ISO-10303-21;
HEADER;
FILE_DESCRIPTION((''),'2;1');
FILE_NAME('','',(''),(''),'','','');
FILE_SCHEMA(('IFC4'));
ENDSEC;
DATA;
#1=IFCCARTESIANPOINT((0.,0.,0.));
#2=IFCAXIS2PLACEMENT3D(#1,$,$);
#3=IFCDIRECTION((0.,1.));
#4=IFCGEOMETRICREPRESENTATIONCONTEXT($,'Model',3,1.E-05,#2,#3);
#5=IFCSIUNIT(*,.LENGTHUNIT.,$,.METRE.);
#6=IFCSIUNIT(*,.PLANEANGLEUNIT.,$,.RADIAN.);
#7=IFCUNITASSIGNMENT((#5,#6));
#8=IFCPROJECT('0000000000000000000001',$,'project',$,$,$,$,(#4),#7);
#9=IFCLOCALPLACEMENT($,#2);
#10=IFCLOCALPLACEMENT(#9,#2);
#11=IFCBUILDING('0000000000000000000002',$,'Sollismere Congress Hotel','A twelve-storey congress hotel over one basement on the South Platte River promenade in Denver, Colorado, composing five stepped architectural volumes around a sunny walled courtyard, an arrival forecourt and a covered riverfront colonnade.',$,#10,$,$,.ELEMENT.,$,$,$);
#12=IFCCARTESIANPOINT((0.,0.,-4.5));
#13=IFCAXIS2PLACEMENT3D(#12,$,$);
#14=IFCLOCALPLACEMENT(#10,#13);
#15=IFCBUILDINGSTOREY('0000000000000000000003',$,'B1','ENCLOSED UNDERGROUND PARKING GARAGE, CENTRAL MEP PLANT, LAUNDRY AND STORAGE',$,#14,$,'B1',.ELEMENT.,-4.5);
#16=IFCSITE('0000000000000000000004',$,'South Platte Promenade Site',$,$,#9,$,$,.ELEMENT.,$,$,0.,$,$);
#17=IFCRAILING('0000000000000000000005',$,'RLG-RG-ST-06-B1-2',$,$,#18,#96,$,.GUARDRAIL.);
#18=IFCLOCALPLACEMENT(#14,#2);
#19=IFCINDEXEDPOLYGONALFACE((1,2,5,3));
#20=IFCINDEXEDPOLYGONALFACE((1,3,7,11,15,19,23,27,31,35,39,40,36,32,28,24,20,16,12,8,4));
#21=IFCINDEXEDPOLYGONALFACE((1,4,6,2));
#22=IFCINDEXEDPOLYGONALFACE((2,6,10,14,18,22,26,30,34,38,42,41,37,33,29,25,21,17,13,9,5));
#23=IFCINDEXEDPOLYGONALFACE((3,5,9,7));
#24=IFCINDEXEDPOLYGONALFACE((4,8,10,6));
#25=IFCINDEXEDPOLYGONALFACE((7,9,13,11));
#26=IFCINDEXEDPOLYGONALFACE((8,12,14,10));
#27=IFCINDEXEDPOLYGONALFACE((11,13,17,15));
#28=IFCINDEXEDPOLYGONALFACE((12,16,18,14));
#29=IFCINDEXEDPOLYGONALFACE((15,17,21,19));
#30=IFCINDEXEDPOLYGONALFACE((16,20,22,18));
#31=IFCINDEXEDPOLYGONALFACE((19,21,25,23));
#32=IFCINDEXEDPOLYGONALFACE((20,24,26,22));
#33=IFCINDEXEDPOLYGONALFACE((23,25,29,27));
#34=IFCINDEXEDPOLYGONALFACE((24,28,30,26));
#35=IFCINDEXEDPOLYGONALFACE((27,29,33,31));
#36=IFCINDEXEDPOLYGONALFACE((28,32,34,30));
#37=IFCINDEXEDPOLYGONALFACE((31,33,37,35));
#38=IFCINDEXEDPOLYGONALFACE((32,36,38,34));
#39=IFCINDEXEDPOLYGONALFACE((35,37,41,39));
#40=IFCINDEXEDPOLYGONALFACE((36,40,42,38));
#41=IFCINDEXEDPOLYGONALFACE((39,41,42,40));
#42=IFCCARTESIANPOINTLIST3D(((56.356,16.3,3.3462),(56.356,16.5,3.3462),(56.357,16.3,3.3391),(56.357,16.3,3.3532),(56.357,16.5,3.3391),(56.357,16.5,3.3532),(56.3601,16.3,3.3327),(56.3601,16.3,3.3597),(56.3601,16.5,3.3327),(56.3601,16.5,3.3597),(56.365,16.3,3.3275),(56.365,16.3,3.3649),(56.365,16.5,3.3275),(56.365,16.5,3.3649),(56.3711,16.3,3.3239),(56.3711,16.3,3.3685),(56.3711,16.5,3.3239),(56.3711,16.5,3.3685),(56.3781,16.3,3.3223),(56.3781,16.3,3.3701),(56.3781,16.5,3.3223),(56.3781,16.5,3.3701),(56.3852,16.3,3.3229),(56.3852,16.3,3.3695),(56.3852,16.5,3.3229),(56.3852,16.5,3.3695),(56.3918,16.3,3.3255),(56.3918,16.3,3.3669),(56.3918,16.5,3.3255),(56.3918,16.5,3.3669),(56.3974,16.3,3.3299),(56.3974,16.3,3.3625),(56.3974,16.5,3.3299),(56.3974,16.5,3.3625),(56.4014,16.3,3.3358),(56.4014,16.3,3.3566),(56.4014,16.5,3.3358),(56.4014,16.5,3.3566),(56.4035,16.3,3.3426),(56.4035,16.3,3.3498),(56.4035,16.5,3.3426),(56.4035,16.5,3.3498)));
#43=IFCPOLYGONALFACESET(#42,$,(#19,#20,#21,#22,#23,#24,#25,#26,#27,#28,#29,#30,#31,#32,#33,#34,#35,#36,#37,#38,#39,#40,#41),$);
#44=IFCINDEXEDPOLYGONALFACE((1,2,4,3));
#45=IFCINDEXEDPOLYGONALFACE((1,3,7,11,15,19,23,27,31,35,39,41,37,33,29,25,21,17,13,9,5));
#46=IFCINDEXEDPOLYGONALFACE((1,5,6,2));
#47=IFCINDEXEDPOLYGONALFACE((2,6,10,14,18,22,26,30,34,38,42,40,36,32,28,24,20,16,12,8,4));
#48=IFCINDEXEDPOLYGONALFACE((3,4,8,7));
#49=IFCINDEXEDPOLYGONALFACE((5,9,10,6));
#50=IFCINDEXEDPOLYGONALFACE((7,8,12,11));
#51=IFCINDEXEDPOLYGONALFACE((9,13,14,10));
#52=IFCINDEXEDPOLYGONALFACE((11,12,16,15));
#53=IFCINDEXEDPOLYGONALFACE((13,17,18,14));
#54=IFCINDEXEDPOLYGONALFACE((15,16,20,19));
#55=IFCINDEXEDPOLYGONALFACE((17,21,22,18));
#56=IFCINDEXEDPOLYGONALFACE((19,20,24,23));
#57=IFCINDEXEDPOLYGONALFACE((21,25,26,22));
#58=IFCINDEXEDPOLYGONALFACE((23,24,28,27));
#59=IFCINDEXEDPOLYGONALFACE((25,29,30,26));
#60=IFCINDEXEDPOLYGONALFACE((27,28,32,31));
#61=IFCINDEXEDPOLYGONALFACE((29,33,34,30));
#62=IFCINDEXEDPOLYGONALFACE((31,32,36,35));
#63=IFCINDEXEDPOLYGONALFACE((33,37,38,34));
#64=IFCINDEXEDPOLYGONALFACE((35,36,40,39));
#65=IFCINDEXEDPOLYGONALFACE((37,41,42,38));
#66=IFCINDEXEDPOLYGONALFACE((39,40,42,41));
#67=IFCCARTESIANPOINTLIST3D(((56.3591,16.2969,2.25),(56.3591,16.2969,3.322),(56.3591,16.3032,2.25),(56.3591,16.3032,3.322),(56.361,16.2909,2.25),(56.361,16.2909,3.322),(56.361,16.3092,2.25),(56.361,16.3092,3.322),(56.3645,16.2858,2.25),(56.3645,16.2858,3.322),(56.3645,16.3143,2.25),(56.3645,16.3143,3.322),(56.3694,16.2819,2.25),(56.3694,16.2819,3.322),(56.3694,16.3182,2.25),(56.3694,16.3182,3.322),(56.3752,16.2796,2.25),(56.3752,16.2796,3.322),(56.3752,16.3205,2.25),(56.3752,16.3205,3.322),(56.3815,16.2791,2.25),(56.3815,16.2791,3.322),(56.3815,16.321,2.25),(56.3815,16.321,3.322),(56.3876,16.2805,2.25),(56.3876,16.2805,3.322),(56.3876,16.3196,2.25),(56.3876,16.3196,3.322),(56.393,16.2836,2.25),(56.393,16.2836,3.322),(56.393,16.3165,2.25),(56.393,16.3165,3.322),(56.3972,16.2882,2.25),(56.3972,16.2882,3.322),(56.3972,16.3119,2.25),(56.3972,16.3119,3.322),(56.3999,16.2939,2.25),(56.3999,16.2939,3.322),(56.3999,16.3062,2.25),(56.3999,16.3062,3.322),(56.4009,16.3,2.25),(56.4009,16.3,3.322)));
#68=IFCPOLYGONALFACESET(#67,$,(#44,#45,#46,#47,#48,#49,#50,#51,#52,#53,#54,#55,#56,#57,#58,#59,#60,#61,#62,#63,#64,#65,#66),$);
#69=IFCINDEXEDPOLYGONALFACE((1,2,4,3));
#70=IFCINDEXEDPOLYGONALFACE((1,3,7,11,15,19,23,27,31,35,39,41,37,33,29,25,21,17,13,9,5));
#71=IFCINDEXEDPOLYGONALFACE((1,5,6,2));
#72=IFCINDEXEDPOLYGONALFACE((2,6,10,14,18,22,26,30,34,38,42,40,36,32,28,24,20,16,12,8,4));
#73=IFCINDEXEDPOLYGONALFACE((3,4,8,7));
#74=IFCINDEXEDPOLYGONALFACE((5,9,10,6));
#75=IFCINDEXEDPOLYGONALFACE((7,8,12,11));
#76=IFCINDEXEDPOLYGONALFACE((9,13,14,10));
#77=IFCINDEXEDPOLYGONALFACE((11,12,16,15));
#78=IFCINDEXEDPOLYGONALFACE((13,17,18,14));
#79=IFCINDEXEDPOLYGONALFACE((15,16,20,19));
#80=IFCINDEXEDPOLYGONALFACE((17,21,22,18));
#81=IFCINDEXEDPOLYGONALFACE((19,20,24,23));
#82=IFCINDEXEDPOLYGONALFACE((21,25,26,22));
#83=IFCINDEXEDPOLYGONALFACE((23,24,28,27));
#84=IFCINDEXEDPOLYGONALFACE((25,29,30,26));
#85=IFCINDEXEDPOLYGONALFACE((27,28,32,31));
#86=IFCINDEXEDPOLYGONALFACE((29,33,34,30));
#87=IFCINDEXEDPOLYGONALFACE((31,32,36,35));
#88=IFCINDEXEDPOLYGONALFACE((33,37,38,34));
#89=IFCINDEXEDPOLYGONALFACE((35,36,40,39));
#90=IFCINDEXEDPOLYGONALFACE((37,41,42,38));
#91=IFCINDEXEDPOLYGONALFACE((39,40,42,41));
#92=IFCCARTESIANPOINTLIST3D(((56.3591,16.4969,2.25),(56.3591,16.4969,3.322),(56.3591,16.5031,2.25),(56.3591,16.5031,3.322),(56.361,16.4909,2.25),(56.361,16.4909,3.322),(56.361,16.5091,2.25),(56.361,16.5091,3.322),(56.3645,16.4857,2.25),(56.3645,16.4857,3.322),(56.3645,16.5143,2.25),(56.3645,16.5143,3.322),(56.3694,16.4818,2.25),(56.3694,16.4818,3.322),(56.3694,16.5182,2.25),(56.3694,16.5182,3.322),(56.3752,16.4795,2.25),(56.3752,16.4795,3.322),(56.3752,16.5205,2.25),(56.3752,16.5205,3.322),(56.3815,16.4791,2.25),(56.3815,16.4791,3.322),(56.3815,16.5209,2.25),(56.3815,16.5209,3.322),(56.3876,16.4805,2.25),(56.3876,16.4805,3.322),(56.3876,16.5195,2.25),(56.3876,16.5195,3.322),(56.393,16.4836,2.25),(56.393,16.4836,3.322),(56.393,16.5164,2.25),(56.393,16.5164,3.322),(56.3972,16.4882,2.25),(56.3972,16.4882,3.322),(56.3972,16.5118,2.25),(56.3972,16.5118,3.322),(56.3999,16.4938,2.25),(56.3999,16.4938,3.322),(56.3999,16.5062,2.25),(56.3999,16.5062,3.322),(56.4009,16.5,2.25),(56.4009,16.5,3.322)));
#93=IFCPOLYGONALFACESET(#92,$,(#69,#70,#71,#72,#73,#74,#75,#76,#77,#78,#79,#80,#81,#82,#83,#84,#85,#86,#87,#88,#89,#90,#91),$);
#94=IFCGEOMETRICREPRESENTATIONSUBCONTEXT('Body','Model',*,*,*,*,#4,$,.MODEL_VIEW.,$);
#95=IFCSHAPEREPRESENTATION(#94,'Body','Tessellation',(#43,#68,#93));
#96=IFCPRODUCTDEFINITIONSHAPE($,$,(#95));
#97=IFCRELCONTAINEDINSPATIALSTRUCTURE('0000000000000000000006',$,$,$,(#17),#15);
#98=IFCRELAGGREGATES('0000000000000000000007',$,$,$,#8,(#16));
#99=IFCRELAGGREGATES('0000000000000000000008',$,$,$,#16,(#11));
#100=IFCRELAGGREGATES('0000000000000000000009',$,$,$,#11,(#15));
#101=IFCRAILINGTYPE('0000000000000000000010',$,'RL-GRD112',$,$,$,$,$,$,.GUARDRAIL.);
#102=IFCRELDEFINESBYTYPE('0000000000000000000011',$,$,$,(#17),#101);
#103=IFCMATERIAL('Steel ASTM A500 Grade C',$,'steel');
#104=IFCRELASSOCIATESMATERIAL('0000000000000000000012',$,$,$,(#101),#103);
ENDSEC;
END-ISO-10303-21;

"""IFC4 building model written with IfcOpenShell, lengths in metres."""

from ifc_helpers import new_model, si_unit, direction, frame, origin, origin_2d, place, context, subcontext, project, spatial, circle, extrude, material, type_object, element, save


model = new_model("IFC4")

# Units and contexts
model_context = context("Model", 3, precision=1e-05, world=origin(), true_north=direction((0.0, 1.0)))
body_context = subcontext(model_context, "Body", "Model", "MODEL_VIEW")
ifc_project = project(units=[si_unit("LENGTHUNIT", "METRE"), si_unit("PLANEANGLEUNIT", "RADIAN")], contexts=[model_context])

# Site, building, storey
site_placement = place(None, origin())
site = spatial("IfcSite", under=ifc_project, at=site_placement, Name="South Platte Promenade Site", CompositionType="ELEMENT", RefElevation=0.0)
building_placement = place(site_placement, origin())
building = spatial("IfcBuilding", under=site, at=building_placement, Name="Sollismere Congress Hotel", Description="A twelve-storey congress hotel over one basement on the South Platte River promenade in Denver, Colorado, composing five stepped architectural volumes around a sunny walled courtyard, an arrival forecourt and a covered riverfront colonnade.", CompositionType="ELEMENT")
storey_placement = place(building_placement, frame((0.0, 0.0, -4.5)))
storey = spatial("IfcBuildingStorey", under=building, at=storey_placement, Name="B1", Description="ENCLOSED UNDERGROUND PARKING GARAGE, CENTRAL MEP PLANT, LAUNDRY AND STORAGE", LongName="B1", CompositionType="ELEMENT", Elevation=-4.5)

# Railing
ifc_material_1 = material(Name="Steel ASTM A500 Grade C", Category="steel")
railing_type_1 = type_object("IfcRailingType", Name="RL-GRD112", PredefinedType="GUARDRAIL", material=ifc_material_1)
railing_1_placement = place(storey_placement, frame((56.3799, 16.3, 2.25)))
element("IfcRailing", 1, at=railing_1_placement, inside=storey, type_object=railing_type_1, Name="RLG-RG-ST-06-B1-2", PredefinedType="GUARDRAIL", context=body_context, shape_type="SweptSolid", body=[
    extrude(circle(Radius=0.0239, at=origin_2d()), frame((0.0, 0.0, 1.0962), z_axis=(0.0, 1.0, 0.0), x_axis=(-1.0, 0.0, 0.0)), (0.0, 0.0, 1.0), 0.2),
    extrude(circle(Radius=0.021, at=origin_2d()), origin(), (0.0, 0.0, 1.0), 1.072),
    extrude(circle(Radius=0.021, at=origin_2d()), frame((0.0, 0.2, 0.0)), (0.0, 0.0, 1.0), 1.072),
])

save(model, "model.ifc")
